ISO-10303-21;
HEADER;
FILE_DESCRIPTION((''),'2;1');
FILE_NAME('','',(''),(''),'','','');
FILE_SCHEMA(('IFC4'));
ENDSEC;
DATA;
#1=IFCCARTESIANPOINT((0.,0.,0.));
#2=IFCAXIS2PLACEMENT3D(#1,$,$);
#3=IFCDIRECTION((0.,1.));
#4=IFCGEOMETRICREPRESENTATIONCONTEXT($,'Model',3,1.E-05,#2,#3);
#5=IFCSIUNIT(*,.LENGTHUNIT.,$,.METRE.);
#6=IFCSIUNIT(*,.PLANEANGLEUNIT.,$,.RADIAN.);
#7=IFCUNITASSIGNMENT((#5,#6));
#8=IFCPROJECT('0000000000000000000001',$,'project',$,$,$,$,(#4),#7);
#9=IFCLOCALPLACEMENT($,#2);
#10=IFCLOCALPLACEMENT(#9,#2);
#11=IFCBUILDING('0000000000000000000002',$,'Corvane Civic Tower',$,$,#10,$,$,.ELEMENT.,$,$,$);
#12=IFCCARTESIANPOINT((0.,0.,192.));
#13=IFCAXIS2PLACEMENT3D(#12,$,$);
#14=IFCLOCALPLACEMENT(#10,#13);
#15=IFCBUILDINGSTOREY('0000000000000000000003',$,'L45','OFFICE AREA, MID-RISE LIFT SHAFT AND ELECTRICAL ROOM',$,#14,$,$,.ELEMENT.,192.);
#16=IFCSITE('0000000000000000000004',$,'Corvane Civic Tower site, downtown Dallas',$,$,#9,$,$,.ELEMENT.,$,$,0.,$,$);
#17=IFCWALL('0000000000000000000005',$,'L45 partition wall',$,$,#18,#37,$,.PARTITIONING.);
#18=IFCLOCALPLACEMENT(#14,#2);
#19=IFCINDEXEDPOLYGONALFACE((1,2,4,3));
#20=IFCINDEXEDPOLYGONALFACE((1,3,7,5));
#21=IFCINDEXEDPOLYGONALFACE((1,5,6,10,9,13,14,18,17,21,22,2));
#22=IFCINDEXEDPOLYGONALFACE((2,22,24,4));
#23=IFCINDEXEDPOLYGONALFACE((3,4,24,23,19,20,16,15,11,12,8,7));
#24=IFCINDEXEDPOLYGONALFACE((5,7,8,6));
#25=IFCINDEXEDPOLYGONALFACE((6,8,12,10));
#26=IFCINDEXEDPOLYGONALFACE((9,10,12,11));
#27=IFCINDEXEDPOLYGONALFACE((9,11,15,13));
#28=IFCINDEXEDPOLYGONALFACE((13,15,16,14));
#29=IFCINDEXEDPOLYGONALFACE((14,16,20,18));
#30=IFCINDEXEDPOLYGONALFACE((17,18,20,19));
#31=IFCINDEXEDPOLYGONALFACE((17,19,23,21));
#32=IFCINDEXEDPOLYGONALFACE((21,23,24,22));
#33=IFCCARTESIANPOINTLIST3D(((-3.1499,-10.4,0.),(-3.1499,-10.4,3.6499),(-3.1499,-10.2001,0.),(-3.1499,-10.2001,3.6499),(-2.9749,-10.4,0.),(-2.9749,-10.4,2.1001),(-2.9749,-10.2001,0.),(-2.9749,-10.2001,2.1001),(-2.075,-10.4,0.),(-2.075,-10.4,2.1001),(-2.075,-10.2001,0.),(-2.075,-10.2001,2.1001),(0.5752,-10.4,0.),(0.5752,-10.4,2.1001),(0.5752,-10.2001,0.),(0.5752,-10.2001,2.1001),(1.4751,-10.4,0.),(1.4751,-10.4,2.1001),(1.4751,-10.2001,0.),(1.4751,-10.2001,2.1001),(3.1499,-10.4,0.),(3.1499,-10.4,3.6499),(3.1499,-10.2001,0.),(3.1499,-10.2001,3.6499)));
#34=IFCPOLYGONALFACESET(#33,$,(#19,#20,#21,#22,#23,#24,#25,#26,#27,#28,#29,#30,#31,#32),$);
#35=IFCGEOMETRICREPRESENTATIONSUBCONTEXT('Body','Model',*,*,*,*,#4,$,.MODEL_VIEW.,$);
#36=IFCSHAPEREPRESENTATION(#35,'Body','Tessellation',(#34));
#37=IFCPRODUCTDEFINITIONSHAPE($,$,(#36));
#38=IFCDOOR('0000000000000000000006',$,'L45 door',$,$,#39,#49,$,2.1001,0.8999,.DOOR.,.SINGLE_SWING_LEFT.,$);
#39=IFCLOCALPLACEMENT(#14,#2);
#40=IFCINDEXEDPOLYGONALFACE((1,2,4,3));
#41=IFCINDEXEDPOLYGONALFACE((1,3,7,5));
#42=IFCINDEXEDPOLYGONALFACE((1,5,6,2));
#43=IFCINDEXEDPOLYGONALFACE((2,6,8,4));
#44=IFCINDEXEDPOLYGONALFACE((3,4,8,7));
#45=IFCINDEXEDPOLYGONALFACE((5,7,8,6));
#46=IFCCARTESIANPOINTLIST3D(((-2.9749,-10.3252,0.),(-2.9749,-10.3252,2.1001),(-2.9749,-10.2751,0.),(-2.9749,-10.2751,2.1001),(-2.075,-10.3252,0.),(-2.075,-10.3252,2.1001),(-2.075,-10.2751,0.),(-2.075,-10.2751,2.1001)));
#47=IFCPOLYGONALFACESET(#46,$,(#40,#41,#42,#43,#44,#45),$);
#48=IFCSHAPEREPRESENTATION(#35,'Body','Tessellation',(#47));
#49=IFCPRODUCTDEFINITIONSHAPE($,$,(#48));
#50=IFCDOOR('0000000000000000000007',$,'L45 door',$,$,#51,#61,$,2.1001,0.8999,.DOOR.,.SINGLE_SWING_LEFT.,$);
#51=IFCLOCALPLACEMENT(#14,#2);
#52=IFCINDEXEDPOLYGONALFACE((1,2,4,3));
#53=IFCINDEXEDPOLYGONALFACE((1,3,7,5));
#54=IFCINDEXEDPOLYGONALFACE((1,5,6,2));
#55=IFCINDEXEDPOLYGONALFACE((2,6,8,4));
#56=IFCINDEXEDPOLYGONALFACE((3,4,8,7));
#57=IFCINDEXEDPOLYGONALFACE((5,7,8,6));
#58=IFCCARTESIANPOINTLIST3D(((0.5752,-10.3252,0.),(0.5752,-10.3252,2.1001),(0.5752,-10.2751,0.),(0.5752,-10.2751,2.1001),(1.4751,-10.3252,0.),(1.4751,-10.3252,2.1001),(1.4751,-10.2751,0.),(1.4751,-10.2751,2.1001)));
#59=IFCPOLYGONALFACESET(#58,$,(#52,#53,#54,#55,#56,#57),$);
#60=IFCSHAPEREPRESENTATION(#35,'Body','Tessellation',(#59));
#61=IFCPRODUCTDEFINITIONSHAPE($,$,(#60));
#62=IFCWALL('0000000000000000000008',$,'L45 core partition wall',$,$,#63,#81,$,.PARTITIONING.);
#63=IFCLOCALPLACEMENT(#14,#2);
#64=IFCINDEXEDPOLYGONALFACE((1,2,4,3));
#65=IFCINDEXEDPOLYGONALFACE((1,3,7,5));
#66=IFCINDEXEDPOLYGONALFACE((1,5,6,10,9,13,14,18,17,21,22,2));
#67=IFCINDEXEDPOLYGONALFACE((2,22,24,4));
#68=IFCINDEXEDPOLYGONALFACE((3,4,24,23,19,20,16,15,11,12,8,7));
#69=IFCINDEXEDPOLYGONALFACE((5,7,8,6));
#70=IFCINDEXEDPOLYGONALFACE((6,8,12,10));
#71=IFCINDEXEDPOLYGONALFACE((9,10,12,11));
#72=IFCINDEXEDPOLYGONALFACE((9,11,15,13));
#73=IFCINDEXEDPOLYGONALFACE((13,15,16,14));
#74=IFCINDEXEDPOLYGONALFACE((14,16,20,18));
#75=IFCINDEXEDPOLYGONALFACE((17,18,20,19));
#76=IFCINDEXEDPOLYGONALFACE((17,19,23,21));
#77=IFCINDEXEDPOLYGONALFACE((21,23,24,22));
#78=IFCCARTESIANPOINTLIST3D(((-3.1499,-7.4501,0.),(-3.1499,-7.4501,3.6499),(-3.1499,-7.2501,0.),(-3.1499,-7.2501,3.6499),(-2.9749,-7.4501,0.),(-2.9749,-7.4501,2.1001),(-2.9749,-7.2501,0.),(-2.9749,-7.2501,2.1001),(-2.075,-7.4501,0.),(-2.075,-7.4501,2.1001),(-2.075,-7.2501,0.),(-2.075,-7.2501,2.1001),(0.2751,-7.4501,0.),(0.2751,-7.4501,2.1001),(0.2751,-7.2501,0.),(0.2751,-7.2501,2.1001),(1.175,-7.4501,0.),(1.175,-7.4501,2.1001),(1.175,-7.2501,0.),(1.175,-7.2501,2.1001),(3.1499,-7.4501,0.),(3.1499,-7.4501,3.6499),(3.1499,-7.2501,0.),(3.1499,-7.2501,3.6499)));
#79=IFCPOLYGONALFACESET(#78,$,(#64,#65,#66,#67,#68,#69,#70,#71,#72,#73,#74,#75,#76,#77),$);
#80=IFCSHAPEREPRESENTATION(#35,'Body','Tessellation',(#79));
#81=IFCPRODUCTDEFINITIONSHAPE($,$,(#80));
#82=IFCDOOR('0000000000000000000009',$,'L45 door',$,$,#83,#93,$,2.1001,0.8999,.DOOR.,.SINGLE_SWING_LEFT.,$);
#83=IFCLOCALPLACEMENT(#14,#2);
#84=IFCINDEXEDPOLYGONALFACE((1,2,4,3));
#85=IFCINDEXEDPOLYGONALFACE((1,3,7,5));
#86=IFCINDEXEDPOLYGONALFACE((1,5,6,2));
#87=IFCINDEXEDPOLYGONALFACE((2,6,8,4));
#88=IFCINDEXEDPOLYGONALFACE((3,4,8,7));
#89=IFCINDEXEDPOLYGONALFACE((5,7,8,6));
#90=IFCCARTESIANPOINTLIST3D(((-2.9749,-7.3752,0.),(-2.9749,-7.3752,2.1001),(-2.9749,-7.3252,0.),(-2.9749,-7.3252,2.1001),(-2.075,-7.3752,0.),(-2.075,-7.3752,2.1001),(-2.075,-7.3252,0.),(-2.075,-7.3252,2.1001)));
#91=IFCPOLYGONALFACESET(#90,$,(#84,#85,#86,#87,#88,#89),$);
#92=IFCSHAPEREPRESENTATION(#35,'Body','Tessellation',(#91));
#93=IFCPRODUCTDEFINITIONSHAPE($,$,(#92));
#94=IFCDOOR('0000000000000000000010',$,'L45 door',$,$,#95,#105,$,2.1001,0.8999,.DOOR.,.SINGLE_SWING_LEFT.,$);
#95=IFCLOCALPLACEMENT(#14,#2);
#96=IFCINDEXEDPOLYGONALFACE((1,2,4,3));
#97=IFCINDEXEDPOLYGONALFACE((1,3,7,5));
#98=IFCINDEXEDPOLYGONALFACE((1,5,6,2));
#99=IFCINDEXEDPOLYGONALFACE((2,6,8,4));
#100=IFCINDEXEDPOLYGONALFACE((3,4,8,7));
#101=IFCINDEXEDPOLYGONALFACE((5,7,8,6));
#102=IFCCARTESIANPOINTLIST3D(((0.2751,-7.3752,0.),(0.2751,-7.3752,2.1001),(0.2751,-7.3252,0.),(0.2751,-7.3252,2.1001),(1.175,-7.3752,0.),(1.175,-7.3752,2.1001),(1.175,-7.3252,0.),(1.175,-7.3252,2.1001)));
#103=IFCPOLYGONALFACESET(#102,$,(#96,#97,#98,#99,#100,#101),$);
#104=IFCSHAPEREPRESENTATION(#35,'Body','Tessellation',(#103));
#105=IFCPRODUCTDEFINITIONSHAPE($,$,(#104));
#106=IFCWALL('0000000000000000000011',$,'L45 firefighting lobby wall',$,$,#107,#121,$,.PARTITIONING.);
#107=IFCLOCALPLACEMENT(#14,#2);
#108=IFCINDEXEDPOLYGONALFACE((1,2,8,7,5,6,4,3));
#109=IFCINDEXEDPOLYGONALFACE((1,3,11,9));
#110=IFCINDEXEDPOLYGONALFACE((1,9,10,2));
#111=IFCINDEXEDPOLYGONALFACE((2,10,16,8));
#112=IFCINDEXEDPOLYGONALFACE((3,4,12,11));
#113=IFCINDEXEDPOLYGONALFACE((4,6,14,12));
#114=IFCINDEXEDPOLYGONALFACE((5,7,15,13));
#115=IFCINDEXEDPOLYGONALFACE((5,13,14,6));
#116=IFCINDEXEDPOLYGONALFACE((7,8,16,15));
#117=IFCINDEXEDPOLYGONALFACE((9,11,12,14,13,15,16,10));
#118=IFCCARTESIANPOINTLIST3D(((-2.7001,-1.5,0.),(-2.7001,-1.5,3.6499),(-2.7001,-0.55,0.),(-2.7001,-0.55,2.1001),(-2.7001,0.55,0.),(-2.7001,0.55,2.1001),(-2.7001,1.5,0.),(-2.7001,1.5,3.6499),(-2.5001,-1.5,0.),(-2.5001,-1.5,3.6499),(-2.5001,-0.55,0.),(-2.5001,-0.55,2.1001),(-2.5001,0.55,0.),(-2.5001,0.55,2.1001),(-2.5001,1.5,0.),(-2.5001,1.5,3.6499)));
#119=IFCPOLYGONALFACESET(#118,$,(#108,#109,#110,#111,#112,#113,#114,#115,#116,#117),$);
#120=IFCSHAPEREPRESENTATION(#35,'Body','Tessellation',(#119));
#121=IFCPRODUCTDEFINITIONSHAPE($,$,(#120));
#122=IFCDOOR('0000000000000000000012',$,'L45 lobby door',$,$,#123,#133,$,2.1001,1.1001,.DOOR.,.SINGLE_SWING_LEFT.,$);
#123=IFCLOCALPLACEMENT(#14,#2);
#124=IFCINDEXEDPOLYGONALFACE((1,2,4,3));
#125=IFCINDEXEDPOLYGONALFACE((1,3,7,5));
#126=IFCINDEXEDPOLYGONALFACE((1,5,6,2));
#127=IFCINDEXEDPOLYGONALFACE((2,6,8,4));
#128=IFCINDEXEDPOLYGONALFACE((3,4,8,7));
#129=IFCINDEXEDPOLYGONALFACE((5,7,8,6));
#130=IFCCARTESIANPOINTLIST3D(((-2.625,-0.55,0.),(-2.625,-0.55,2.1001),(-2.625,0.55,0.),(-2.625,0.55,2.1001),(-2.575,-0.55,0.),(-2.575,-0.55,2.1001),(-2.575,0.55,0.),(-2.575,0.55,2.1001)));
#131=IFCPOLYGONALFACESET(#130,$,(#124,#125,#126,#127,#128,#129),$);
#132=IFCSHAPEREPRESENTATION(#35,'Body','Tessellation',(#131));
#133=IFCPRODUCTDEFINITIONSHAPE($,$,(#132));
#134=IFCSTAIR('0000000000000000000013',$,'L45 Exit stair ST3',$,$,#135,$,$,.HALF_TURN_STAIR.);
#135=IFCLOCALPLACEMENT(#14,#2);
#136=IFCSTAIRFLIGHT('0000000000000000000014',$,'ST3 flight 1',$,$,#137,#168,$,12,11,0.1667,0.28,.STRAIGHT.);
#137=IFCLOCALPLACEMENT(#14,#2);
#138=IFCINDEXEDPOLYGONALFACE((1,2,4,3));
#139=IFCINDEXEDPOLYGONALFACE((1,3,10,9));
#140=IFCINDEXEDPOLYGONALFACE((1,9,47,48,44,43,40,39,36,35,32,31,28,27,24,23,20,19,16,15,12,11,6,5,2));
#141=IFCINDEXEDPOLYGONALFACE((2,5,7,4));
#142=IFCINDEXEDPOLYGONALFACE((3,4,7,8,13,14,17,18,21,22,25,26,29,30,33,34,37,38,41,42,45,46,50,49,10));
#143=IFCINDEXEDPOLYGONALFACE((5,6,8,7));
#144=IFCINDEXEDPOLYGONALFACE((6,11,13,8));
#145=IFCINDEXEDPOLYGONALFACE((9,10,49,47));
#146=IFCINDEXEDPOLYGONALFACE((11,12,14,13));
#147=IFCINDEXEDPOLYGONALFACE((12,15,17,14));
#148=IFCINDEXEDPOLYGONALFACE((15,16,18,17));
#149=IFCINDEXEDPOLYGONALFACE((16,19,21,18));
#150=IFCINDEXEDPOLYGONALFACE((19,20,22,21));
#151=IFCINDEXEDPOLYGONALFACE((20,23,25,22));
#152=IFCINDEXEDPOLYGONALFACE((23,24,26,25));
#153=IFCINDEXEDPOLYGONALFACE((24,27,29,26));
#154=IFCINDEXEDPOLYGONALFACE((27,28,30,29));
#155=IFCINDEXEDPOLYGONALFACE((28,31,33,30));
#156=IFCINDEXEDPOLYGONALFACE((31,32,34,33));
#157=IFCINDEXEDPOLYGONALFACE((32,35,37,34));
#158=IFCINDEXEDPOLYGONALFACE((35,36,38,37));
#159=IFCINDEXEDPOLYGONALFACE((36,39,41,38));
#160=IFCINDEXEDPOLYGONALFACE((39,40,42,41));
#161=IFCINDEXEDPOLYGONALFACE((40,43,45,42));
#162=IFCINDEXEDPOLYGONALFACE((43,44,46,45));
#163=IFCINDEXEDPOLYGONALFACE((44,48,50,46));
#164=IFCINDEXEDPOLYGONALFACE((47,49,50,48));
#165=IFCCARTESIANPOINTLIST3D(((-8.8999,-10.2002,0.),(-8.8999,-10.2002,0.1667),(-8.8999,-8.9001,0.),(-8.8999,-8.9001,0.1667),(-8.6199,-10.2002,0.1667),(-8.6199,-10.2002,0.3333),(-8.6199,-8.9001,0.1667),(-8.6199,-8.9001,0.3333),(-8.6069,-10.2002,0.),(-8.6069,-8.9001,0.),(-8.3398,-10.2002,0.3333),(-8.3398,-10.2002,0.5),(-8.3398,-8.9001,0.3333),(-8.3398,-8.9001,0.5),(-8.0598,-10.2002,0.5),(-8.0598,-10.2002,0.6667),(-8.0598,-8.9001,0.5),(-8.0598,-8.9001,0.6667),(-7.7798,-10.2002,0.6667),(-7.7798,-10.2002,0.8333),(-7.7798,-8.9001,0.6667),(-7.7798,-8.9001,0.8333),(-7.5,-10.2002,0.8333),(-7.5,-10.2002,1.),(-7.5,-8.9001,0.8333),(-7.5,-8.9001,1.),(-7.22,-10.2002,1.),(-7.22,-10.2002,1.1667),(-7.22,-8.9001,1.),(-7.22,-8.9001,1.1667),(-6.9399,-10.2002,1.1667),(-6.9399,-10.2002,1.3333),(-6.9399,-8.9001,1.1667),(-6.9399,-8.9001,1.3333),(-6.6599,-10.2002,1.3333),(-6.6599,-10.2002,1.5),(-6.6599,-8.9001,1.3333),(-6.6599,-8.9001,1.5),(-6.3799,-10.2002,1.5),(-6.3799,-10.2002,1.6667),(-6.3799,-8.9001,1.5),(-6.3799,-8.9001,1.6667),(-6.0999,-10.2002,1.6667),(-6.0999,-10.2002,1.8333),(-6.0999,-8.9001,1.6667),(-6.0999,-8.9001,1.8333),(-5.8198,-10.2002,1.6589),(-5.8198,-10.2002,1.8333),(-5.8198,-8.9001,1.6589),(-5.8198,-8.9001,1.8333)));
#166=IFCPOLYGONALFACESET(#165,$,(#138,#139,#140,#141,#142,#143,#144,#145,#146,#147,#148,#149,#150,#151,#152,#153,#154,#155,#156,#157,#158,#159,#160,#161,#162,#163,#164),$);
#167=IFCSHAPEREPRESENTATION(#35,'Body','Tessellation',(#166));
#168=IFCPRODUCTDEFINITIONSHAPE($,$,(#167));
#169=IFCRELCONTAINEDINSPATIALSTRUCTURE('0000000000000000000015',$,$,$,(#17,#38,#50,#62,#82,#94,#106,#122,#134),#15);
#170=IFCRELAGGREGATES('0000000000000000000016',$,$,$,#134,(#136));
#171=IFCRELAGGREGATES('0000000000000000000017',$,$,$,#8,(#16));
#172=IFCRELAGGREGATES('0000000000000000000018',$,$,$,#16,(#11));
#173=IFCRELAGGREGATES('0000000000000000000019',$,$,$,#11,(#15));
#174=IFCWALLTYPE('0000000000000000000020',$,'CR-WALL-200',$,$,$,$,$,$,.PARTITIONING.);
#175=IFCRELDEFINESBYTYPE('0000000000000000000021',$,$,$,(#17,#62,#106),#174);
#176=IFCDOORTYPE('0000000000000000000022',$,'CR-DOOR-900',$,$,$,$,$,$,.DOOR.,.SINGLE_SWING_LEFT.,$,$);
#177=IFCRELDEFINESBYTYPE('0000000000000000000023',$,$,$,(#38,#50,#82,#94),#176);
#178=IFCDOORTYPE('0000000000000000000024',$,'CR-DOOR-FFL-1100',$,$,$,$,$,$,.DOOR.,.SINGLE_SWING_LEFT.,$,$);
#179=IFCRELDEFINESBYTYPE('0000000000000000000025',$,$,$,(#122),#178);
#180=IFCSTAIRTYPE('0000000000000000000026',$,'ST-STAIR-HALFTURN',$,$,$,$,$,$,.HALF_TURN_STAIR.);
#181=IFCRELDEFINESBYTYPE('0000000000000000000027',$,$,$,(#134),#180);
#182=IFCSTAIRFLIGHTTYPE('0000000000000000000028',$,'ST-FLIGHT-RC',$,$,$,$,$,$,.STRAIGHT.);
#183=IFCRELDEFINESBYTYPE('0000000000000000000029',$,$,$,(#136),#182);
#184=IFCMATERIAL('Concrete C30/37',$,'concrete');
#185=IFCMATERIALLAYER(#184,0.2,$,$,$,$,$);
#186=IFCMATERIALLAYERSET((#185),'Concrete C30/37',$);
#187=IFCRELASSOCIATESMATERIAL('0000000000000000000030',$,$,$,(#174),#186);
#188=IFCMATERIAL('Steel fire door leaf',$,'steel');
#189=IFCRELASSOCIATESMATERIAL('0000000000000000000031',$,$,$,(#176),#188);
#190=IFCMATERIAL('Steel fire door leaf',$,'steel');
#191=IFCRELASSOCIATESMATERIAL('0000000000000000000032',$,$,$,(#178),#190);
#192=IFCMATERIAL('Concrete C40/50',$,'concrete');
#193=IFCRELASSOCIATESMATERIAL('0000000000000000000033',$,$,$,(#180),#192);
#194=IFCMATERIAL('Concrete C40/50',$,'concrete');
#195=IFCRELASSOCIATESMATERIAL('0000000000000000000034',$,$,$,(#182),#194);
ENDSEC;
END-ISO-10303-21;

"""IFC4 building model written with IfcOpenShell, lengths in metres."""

from ifc_helpers import new_model, si_unit, direction, frame, frame_2d, origin, place, context, subcontext, project, spatial, polyline, rectangle, outline, extrude, material, layer, layer_set, type_object, element, fill, aggregate, save


model = new_model("IFC4")

# Units and contexts
model_context = context("Model", 3, precision=1e-05, world=origin(), true_north=direction((0.0, 1.0)))
body_context = subcontext(model_context, "Body", "Model", "MODEL_VIEW")
ifc_project = project(units=[si_unit("LENGTHUNIT", "METRE"), si_unit("PLANEANGLEUNIT", "RADIAN")], contexts=[model_context])

# Site, building, storey
site_placement = place(None, origin())
site = spatial("IfcSite", under=ifc_project, at=site_placement, Name="Corvane Civic Tower site, downtown Dallas", CompositionType="ELEMENT", RefElevation=0.0)
building_placement = place(site_placement, origin())
building = spatial("IfcBuilding", under=site, at=building_placement, Name="Corvane Civic Tower", CompositionType="ELEMENT")
storey_placement = place(building_placement, frame((0.0, 0.0, 192.0)))
storey = spatial("IfcBuildingStorey", under=building, at=storey_placement, Name="L45", Description="OFFICE AREA, MID-RISE LIFT SHAFT AND ELECTRICAL ROOM", CompositionType="ELEMENT", Elevation=192.0)

# Walls, openings, doors
ifc_material_1 = material(Name="Concrete C30/37", Category="concrete")
ifc_layer_1 = layer(ifc_material_1, 0.2)
ifc_layer_set_1 = layer_set([ifc_layer_1], Name="Concrete C30/37")
wall_type = type_object("IfcWallType", Name="CR-WALL-200", PredefinedType="PARTITIONING", material=ifc_layer_set_1)
wall_1_placement = place(storey_placement, frame((-3.1499, -10.3, 0.0), z_axis=(0.0, 0.0, 1.0), x_axis=(1.0, 0.0, 0.0)))
wall_1 = element("IfcWall", 1, at=wall_1_placement, inside=storey, type_object=wall_type, Name="L45 partition wall", PredefinedType="PARTITIONING", context=body_context, shape_type="SweptSolid", body=[
    extrude(rectangle(XDim=6.2998, YDim=0.2, at=frame_2d((3.1499, 0.0))), origin(), (0.0, 0.0, 1.0), 3.6499),
])
opening_1_placement = place(wall_1_placement, frame((0.175, 0.0, 0.0)))
opening_1 = element("IfcOpeningElement", 2, at=opening_1_placement, cuts=wall_1, PredefinedType="OPENING", context=body_context, shape_type="SweptSolid", body=[
    extrude(rectangle(XDim=0.8999, YDim=2.1001, at=frame_2d((0.45, 1.05))), frame((0.0, 0.1099, 0.0), z_axis=(0.0, -1.0, 0.0), x_axis=(1.0, 0.0, 0.0)), (0.0, 0.0, 1.0), 0.22),
])
opening_2_placement = place(wall_1_placement, frame((3.7251, 0.0, 0.0)))
opening_2 = element("IfcOpeningElement", 3, at=opening_2_placement, cuts=wall_1, PredefinedType="OPENING", context=body_context, shape_type="SweptSolid", body=[
    extrude(rectangle(XDim=0.8999, YDim=2.1001, at=frame_2d((0.45, 1.05))), frame((0.0, 0.1099, 0.0), z_axis=(0.0, -1.0, 0.0), x_axis=(1.0, 0.0, 0.0)), (0.0, 0.0, 1.0), 0.22),
])
ifc_material_2 = material(Name="Steel fire door leaf", Category="steel")
door_type_1 = type_object("IfcDoorType", Name="CR-DOOR-900", OperationType="SINGLE_SWING_LEFT", PredefinedType="DOOR", material=ifc_material_2)
door_1_placement = place(opening_1_placement, origin())
door_1 = element("IfcDoor", 4, at=door_1_placement, inside=storey, type_object=door_type_1, Name="L45 door", OperationType="SINGLE_SWING_LEFT", OverallHeight=2.1001, OverallWidth=0.8999, PredefinedType="DOOR", context=body_context, shape_type="SweptSolid", body=[
    extrude(rectangle(XDim=0.8999, YDim=2.1001, at=frame_2d((0.45, 1.05))), frame((0.0, 0.0249, 0.0), z_axis=(0.0, -1.0, 0.0), x_axis=(1.0, 0.0, 0.0)), (0.0, 0.0, 1.0), 0.05),
])
fill(opening_1, door_1)
door_2_placement = place(opening_2_placement, origin())
door_2 = element("IfcDoor", 5, at=door_2_placement, inside=storey, type_object=door_type_1, Name="L45 door", OperationType="SINGLE_SWING_LEFT", OverallHeight=2.1001, OverallWidth=0.8999, PredefinedType="DOOR", context=body_context, shape_type="SweptSolid", body=[
    extrude(rectangle(XDim=0.8999, YDim=2.1001, at=frame_2d((0.45, 1.05))), frame((0.0, 0.0249, 0.0), z_axis=(0.0, -1.0, 0.0), x_axis=(1.0, 0.0, 0.0)), (0.0, 0.0, 1.0), 0.05),
])
fill(opening_2, door_2)
wall_2_placement = place(storey_placement, frame((-3.1499, -7.3501, 0.0), z_axis=(0.0, 0.0, 1.0), x_axis=(1.0, 0.0, 0.0)))
wall_2 = element("IfcWall", 6, at=wall_2_placement, inside=storey, type_object=wall_type, Name="L45 core partition wall", PredefinedType="PARTITIONING", context=body_context, shape_type="SweptSolid", body=[
    extrude(rectangle(XDim=6.2998, YDim=0.2, at=frame_2d((3.1499, 0.0))), origin(), (0.0, 0.0, 1.0), 3.6499),
])
opening_3_placement = place(wall_2_placement, frame((0.175, 0.0, 0.0)))
opening_3 = element("IfcOpeningElement", 7, at=opening_3_placement, cuts=wall_2, PredefinedType="OPENING", context=body_context, shape_type="SweptSolid", body=[
    extrude(rectangle(XDim=0.8999, YDim=2.1001, at=frame_2d((0.45, 1.05))), frame((0.0, 0.1099, 0.0), z_axis=(0.0, -1.0, 0.0), x_axis=(1.0, 0.0, 0.0)), (0.0, 0.0, 1.0), 0.22),
])
opening_4_placement = place(wall_2_placement, frame((3.425, 0.0, 0.0)))
opening_4 = element("IfcOpeningElement", 8, at=opening_4_placement, cuts=wall_2, PredefinedType="OPENING", context=body_context, shape_type="SweptSolid", body=[
    extrude(rectangle(XDim=0.8999, YDim=2.1001, at=frame_2d((0.45, 1.05))), frame((0.0, 0.1099, 0.0), z_axis=(0.0, -1.0, 0.0), x_axis=(1.0, 0.0, 0.0)), (0.0, 0.0, 1.0), 0.22),
])
door_3_placement = place(opening_3_placement, origin())
door_3 = element("IfcDoor", 9, at=door_3_placement, inside=storey, type_object=door_type_1, Name="L45 door", OperationType="SINGLE_SWING_LEFT", OverallHeight=2.1001, OverallWidth=0.8999, PredefinedType="DOOR", context=body_context, shape_type="SweptSolid", body=[
    extrude(rectangle(XDim=0.8999, YDim=2.1001, at=frame_2d((0.45, 1.05))), frame((0.0, 0.0249, 0.0), z_axis=(0.0, -1.0, 0.0), x_axis=(1.0, 0.0, 0.0)), (0.0, 0.0, 1.0), 0.05),
])
fill(opening_3, door_3)
door_4_placement = place(opening_4_placement, origin())
door_4 = element("IfcDoor", 10, at=door_4_placement, inside=storey, type_object=door_type_1, Name="L45 door", OperationType="SINGLE_SWING_LEFT", OverallHeight=2.1001, OverallWidth=0.8999, PredefinedType="DOOR", context=body_context, shape_type="SweptSolid", body=[
    extrude(rectangle(XDim=0.8999, YDim=2.1001, at=frame_2d((0.45, 1.05))), frame((0.0, 0.0249, 0.0), z_axis=(0.0, -1.0, 0.0), x_axis=(1.0, 0.0, 0.0)), (0.0, 0.0, 1.0), 0.05),
])
fill(opening_4, door_4)

# Wall, opening, door
wall_3_placement = place(storey_placement, frame((-2.6001, -1.5, 0.0), z_axis=(0.0, 0.0, 1.0), x_axis=(0.0, 1.0, 0.0)))
wall_3 = element("IfcWall", 11, at=wall_3_placement, inside=storey, type_object=wall_type, Name="L45 firefighting lobby wall", PredefinedType="PARTITIONING", context=body_context, shape_type="SweptSolid", body=[
    extrude(rectangle(XDim=3.0, YDim=0.2, at=frame_2d((1.5, 0.0))), origin(), (0.0, 0.0, 1.0), 3.6499),
])
opening_5_placement = place(wall_3_placement, frame((0.95, 0.0, 0.0)))
opening_5 = element("IfcOpeningElement", 12, at=opening_5_placement, cuts=wall_3, PredefinedType="OPENING", context=body_context, shape_type="SweptSolid", body=[
    extrude(rectangle(XDim=1.1001, YDim=2.1001, at=frame_2d((0.55, 1.05))), frame((0.0, 0.1099, 0.0), z_axis=(0.0, -1.0, 0.0), x_axis=(1.0, 0.0, 0.0)), (0.0, 0.0, 1.0), 0.22),
])
ifc_material_3 = material(Name="Steel fire door leaf", Category="steel")
door_type_2 = type_object("IfcDoorType", Name="CR-DOOR-FFL-1100", OperationType="SINGLE_SWING_LEFT", PredefinedType="DOOR", material=ifc_material_3)
door_5_placement = place(opening_5_placement, origin())
door_5 = element("IfcDoor", 13, at=door_5_placement, inside=storey, type_object=door_type_2, Name="L45 lobby door", OperationType="SINGLE_SWING_LEFT", OverallHeight=2.1001, OverallWidth=1.1001, PredefinedType="DOOR", context=body_context, shape_type="SweptSolid", body=[
    extrude(rectangle(XDim=1.1001, YDim=2.1001, at=frame_2d((0.55, 1.05))), frame((0.0, 0.0249, 0.0), z_axis=(0.0, -1.0, 0.0), x_axis=(1.0, 0.0, 0.0)), (0.0, 0.0, 1.0), 0.05),
])
fill(opening_5, door_5)

# Stair, stair flight
ifc_material_4 = material(Name="Concrete C40/50", Category="concrete")
stair_type = type_object("IfcStairType", Name="ST-STAIR-HALFTURN", PredefinedType="HALF_TURN_STAIR", material=ifc_material_4)
stair_placement = place(storey_placement, origin())
stair = element("IfcStair", 14, at=stair_placement, inside=storey, type_object=stair_type, Name="L45 Exit stair ST3", PredefinedType="HALF_TURN_STAIR")
ifc_material_5 = material(Name="Concrete C40/50", Category="concrete")
stair_flight_type = type_object("IfcStairFlightType", Name="ST-FLIGHT-RC", PredefinedType="STRAIGHT", material=ifc_material_5)
stair_flight_1_placement = place(storey_placement, frame((-8.8999, -9.55, 0.0), z_axis=(0.0, 0.0, 1.0), x_axis=(1.0, 0.0, 0.0)))
stair_flight_1 = element("IfcStairFlight", 15, at=stair_flight_1_placement, type_object=stair_flight_type, Name="ST3 flight 1", NumberOfRisers=12, NumberOfTreads=11, PredefinedType="STRAIGHT", RiserHeight=0.1667, TreadLength=0.28, context=body_context, shape_type="SweptSolid", body=[
    extrude(outline(polyline([(0.0, 0.0), (0.0, 0.1667), (0.28, 0.1667), (0.28, 0.3333), (0.5601, 0.3333), (0.5601, 0.5), (0.8401, 0.5), (0.8401, 0.6667), (1.1201, 0.6667), (1.1201, 0.8333), (1.3999, 0.8333), (1.3999, 1.0), (1.6799, 1.0), (1.6799, 1.1667), (1.96, 1.1667), (1.96, 1.3333), (2.24, 1.3333), (2.24, 1.5), (2.52, 1.5), (2.52, 1.6667), (2.8, 1.6667), (2.8, 1.8333), (3.0801, 1.8333), (3.0801, 2.0), (3.0801, 1.6589), (0.293, 0.0), (0.0, 0.0)])), frame((0.0, 0.6499, 0.0), z_axis=(0.0, -1.0, 0.0), x_axis=(1.0, 0.0, 0.0)), (0.0, 0.0, 1.0), 1.3),
])
aggregate(stair, [stair_flight_1])

save(model, "model.ifc")
